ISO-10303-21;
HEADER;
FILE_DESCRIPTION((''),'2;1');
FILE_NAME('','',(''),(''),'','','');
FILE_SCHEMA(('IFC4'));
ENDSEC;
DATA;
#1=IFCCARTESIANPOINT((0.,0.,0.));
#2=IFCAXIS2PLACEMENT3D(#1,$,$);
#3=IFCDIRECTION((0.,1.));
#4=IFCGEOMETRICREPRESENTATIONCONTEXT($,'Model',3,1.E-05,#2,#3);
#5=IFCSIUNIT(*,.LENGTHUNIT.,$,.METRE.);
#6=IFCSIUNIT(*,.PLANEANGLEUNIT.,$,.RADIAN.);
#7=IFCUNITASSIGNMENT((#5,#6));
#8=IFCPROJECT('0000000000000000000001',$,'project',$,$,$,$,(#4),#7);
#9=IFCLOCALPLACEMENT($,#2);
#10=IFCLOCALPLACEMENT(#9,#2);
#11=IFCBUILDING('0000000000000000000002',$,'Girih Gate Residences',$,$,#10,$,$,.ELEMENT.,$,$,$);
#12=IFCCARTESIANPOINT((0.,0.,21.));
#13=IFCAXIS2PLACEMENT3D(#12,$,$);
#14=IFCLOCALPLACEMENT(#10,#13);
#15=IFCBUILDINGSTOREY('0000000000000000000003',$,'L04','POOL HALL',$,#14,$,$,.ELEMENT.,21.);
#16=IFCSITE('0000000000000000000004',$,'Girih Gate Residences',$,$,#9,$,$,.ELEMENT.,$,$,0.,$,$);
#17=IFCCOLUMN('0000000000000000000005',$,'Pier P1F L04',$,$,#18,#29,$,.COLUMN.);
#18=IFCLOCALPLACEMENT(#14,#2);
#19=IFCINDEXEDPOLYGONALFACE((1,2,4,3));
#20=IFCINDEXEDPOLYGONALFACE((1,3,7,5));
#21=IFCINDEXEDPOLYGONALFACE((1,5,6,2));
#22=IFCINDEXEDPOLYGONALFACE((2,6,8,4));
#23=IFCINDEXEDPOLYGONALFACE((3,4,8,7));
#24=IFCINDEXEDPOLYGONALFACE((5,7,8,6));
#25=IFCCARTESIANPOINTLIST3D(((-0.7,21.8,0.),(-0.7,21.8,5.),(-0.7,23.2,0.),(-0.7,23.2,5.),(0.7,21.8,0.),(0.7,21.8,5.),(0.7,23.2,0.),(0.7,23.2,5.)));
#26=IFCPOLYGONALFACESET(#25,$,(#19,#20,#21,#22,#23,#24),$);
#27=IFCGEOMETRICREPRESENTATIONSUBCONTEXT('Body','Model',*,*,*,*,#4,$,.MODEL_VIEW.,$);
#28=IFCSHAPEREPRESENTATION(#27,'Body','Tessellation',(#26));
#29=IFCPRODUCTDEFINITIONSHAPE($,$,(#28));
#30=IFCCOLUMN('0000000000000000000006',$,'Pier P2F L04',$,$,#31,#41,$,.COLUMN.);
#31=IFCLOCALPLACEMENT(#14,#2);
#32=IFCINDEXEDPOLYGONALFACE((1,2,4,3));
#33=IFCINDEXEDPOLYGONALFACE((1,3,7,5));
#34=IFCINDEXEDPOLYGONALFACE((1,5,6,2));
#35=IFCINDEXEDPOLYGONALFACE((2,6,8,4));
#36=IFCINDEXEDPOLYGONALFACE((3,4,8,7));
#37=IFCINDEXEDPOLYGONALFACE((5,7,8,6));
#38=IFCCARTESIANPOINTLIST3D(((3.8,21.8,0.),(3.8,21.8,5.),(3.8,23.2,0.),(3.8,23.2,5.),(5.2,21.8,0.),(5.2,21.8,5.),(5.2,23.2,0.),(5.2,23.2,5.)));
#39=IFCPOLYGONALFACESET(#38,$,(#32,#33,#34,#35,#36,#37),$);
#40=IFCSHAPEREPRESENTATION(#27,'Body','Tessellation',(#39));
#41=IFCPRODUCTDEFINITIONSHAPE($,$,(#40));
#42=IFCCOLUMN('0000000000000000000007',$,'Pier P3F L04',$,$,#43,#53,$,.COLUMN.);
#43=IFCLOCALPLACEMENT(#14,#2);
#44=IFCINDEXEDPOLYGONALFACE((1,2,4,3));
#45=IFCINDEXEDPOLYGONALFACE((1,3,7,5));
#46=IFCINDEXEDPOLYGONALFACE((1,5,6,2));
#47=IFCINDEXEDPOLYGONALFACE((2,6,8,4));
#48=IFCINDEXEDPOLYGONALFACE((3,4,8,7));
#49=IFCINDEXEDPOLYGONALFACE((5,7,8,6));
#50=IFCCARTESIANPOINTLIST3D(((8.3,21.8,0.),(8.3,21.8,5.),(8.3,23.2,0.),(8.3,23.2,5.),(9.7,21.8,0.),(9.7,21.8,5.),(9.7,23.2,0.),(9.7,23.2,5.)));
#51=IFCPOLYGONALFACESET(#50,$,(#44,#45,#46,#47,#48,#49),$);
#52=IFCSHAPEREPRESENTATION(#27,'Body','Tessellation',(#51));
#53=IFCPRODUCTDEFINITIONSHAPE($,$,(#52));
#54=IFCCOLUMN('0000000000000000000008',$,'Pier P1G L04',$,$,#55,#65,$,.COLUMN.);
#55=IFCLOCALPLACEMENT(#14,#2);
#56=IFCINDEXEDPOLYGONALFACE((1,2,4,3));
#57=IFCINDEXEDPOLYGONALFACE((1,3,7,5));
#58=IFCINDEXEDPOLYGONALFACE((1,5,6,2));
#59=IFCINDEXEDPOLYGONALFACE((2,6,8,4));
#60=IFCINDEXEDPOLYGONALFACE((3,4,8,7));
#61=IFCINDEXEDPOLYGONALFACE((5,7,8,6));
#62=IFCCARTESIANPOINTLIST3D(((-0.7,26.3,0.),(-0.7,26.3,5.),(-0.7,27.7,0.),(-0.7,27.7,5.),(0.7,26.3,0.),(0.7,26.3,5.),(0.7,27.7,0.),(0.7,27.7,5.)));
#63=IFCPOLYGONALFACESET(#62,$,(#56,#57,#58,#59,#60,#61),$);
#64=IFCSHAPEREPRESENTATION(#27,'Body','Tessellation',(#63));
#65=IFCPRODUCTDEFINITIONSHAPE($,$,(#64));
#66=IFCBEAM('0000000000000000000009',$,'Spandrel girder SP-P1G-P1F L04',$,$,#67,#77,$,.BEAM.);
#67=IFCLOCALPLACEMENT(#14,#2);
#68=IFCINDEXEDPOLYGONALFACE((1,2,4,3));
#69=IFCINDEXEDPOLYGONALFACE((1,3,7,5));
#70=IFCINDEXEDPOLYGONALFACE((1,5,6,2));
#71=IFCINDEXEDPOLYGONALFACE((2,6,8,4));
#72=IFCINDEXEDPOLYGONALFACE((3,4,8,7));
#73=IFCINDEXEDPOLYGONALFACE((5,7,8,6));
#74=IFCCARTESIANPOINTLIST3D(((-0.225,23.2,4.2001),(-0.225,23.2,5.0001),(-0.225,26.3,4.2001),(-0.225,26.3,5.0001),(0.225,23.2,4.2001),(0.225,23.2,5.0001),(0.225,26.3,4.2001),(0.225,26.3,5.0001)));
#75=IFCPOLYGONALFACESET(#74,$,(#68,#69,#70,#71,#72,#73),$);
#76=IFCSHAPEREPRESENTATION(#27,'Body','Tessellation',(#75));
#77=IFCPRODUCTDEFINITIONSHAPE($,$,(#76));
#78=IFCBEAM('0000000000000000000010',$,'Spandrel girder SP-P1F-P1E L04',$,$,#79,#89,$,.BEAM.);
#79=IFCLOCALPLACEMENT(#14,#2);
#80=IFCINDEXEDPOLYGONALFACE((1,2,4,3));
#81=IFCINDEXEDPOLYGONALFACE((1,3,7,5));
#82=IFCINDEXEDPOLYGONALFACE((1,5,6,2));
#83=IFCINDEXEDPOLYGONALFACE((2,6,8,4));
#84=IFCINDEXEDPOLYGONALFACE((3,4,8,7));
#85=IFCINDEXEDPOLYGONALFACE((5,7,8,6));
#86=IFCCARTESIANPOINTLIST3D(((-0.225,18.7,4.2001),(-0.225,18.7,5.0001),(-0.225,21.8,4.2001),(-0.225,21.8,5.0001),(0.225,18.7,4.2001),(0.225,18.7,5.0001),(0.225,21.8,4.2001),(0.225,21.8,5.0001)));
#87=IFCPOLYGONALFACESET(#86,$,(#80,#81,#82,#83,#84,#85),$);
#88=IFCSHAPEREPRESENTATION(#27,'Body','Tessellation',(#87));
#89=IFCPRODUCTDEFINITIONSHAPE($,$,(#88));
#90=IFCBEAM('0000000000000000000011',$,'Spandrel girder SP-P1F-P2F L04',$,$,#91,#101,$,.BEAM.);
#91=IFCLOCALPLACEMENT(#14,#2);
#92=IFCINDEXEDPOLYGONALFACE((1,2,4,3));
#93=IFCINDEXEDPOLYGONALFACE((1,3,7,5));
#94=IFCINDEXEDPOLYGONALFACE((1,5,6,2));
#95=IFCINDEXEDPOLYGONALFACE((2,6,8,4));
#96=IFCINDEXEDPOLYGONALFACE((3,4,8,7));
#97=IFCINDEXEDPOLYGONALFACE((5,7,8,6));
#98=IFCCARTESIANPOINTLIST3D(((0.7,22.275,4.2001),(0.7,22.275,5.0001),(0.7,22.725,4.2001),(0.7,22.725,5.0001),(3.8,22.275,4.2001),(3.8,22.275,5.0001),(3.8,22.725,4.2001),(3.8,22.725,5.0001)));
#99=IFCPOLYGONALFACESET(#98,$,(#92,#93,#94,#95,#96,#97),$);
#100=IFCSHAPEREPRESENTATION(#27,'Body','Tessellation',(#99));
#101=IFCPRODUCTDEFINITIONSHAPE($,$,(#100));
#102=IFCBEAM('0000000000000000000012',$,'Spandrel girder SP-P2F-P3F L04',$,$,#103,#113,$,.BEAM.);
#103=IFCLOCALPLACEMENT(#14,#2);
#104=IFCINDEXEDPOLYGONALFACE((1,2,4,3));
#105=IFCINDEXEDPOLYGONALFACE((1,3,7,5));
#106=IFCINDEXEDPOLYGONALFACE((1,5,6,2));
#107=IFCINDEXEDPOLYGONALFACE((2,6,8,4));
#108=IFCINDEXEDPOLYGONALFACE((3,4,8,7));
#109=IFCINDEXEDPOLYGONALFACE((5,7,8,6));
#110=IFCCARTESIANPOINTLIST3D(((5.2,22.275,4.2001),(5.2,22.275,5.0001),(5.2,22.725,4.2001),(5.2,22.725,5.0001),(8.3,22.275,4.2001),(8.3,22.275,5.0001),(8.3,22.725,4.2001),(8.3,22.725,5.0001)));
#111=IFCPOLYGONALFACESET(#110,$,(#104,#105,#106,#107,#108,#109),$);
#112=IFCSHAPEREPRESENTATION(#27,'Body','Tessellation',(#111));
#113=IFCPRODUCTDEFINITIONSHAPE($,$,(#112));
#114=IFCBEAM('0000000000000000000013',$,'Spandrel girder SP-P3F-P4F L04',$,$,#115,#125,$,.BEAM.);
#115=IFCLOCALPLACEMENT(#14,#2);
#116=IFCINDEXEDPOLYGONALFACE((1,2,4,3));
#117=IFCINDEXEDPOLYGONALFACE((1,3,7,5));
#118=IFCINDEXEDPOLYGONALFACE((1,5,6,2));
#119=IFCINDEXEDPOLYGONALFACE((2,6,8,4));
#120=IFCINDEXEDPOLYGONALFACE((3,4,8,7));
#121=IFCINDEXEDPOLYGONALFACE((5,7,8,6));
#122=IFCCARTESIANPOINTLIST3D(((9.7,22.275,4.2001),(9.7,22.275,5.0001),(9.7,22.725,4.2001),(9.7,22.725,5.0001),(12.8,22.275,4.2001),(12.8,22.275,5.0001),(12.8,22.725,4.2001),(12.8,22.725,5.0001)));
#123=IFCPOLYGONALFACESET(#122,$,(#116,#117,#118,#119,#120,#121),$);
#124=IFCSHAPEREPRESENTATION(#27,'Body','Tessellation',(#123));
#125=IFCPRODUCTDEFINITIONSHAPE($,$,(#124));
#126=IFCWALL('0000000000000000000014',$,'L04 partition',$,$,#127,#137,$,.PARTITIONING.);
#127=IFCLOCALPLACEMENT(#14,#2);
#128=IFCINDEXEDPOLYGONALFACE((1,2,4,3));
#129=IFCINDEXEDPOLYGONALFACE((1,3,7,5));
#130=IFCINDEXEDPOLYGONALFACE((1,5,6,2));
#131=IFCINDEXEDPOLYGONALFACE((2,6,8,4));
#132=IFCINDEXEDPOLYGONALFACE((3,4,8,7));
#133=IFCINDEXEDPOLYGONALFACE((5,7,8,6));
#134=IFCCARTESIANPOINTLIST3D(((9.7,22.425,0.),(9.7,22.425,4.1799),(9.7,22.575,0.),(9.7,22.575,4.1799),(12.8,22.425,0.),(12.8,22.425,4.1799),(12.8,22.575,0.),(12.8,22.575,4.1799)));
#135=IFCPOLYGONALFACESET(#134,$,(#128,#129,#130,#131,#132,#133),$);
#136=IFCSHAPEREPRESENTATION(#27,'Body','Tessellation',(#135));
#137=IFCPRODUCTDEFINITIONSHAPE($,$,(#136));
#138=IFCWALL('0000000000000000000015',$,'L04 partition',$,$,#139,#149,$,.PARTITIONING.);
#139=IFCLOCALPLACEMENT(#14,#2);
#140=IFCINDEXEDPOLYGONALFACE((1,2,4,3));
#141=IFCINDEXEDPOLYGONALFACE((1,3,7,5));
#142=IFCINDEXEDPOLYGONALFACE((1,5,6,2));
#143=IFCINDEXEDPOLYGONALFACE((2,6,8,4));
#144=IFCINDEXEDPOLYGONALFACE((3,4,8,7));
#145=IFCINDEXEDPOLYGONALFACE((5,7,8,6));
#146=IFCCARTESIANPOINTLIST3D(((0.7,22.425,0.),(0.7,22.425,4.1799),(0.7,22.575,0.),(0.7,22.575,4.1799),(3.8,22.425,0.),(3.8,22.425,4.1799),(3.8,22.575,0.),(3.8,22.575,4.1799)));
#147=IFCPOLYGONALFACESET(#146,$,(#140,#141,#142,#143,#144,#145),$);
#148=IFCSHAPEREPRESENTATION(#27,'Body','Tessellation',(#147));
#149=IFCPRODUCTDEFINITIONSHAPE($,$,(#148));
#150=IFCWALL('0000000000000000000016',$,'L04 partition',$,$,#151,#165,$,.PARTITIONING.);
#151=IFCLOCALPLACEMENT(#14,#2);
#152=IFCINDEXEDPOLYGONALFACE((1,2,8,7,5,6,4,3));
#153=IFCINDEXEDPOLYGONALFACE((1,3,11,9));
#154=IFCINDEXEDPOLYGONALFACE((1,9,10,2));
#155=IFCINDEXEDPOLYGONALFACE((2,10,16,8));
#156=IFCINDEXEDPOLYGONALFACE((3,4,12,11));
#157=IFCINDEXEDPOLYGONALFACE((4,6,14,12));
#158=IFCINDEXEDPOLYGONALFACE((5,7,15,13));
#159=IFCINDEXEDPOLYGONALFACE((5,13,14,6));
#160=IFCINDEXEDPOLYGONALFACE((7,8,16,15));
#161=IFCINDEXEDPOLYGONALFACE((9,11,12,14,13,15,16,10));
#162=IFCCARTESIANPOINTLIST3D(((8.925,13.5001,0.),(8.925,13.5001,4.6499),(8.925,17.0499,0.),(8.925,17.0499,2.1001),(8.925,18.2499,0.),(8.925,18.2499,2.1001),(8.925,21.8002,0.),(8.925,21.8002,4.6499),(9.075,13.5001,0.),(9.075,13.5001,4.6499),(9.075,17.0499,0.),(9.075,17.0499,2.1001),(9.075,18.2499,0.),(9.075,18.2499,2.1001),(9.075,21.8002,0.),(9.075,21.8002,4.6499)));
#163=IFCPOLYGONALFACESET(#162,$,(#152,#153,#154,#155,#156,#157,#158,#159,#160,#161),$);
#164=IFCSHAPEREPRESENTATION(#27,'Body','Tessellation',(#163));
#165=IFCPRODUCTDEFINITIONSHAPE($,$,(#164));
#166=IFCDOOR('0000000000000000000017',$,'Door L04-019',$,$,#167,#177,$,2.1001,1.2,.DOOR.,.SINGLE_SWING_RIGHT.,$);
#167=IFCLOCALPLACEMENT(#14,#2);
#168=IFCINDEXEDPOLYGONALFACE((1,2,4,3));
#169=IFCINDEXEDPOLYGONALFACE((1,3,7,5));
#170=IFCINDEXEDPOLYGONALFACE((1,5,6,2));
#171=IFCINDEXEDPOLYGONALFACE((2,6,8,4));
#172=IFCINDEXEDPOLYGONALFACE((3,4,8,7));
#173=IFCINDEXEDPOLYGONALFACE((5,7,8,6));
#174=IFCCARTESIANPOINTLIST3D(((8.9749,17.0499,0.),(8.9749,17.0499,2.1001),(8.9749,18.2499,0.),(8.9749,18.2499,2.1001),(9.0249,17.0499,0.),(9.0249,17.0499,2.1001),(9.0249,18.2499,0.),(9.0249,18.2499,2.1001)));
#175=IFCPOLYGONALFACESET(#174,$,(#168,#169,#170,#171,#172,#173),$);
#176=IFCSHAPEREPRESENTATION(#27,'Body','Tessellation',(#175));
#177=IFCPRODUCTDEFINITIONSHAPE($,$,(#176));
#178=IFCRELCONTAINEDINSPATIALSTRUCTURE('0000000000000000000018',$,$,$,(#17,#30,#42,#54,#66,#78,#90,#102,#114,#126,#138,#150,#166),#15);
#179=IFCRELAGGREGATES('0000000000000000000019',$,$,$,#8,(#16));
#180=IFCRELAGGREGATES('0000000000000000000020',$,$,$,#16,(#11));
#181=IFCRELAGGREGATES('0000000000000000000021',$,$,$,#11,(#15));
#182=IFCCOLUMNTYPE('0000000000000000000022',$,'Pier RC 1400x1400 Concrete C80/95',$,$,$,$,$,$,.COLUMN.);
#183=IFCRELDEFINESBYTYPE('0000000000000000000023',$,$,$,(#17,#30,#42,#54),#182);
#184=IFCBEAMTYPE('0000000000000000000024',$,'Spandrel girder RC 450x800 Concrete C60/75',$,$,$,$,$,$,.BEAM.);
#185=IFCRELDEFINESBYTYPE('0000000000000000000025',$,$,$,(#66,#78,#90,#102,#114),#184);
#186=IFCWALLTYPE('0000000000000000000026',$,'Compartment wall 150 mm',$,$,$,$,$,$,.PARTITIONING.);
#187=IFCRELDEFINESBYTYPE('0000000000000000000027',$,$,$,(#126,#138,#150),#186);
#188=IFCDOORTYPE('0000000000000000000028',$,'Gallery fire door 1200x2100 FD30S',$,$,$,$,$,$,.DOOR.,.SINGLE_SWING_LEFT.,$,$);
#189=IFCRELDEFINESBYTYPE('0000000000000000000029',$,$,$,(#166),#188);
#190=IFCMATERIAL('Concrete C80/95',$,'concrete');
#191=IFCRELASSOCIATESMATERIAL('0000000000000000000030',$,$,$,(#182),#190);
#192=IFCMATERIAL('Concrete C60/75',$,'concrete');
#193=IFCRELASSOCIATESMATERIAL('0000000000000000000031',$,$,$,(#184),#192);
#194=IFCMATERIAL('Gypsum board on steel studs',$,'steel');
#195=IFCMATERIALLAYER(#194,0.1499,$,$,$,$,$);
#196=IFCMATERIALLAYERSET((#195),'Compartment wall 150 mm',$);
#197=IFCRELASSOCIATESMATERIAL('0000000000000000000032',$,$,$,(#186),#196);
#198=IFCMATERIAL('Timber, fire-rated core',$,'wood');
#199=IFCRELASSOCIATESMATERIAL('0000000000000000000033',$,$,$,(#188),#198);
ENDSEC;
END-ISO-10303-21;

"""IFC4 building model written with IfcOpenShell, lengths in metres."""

from ifc_helpers import new_model, si_unit, direction, frame, frame_2d, origin, origin_2d, place, context, subcontext, project, spatial, rectangle, extrude, material, layer, layer_set, material_profile, profile_set, type_object, element, fill, save


model = new_model("IFC4")

# Units and contexts
model_context = context("Model", 3, precision=1e-05, world=origin(), true_north=direction((0.0, 1.0)))
body_context = subcontext(model_context, "Body", "Model", "MODEL_VIEW")
ifc_project = project(units=[si_unit("LENGTHUNIT", "METRE"), si_unit("PLANEANGLEUNIT", "RADIAN")], contexts=[model_context])

# Site, building, storey
site_placement = place(None, origin())
site = spatial("IfcSite", under=ifc_project, at=site_placement, Name="Girih Gate Residences", CompositionType="ELEMENT", RefElevation=0.0)
building_placement = place(site_placement, origin())
building = spatial("IfcBuilding", under=site, at=building_placement, Name="Girih Gate Residences", CompositionType="ELEMENT")
storey_placement = place(building_placement, frame((0.0, 0.0, 21.0)))
storey = spatial("IfcBuildingStorey", under=building, at=storey_placement, Name="L04", Description="POOL HALL", CompositionType="ELEMENT", Elevation=21.0)

# Columns
ifc_material_1 = material(Name="Concrete C80/95", Category="concrete")
ifc_material_profile_1 = material_profile(ifc_material_1, rectangle(XDim=1.3999, YDim=1.3999, at=origin_2d()))
ifc_profile_set_1 = profile_set([ifc_material_profile_1], Name="Concrete C80/95")
column_type = type_object("IfcColumnType", Name="Pier RC 1400x1400 Concrete C80/95", PredefinedType="COLUMN", material=ifc_profile_set_1)
for number, where, z_axis, x_axis, name in (
    (1, (0.0, 22.5, 0.0), (0.0, 0.0, 1.0), (1.0, 0.0, 0.0), "Pier P1F L04"),
    (2, (4.5, 22.5, 0.0), (0.0, 0.0, 1.0), (1.0, 0.0, 0.0), "Pier P2F L04"),
    (3, (9.0, 22.5, 0.0), (0.0, 0.0, 1.0), (1.0, 0.0, 0.0), "Pier P3F L04"),
    (4, (0.0, 27.0, 0.0), (0.0, 0.0, 1.0), (1.0, 0.0, 0.0), "Pier P1G L04"),
):
    element("IfcColumn", number, at=place(storey_placement, frame(where, z_axis=z_axis, x_axis=x_axis)), inside=storey, type_object=column_type, Name=name, PredefinedType="COLUMN", context=body_context, shape_type="SweptSolid", body=[
        extrude(rectangle(XDim=1.3999, YDim=1.3999, at=origin_2d()), origin(), (0.0, 0.0, 1.0), 5.0),
    ])

# Beams
ifc_material_2 = material(Name="Concrete C60/75", Category="concrete")
ifc_material_profile_2 = material_profile(ifc_material_2, rectangle(XDim=0.45, YDim=0.8, at=origin_2d()))
ifc_profile_set_2 = profile_set([ifc_material_profile_2], Name="Concrete C60/75")
beam_type = type_object("IfcBeamType", Name="Spandrel girder RC 450x800 Concrete C60/75", PredefinedType="BEAM", material=ifc_profile_set_2)
for number, where, z_axis, x_axis, name in (
    (5, (0.0, 26.3, 4.6001), (0.0, -1.0, 0.0), (1.0, 0.0, 0.0), "Spandrel girder SP-P1G-P1F L04"),
    (6, (0.0, 21.8, 4.6001), (0.0, -1.0, 0.0), (1.0, 0.0, 0.0), "Spandrel girder SP-P1F-P1E L04"),
    (7, (0.7, 22.5, 4.6001), (1.0, 0.0, 0.0), (0.0, 1.0, 0.0), "Spandrel girder SP-P1F-P2F L04"),
    (8, (5.2, 22.5, 4.6001), (1.0, 0.0, 0.0), (0.0, 1.0, 0.0), "Spandrel girder SP-P2F-P3F L04"),
    (9, (9.7, 22.5, 4.6001), (1.0, 0.0, 0.0), (0.0, 1.0, 0.0), "Spandrel girder SP-P3F-P4F L04"),
):
    element("IfcBeam", number, at=place(storey_placement, frame(where, z_axis=z_axis, x_axis=x_axis)), inside=storey, type_object=beam_type, Name=name, PredefinedType="BEAM", context=body_context, shape_type="SweptSolid", body=[
        extrude(rectangle(XDim=0.45, YDim=0.8, at=origin_2d()), origin(), (0.0, 0.0, 1.0), 3.1001),
    ])

# Walls
ifc_material_3 = material(Name="Gypsum board on steel studs", Category="steel")
ifc_layer_1 = layer(ifc_material_3, 0.1499)
ifc_layer_set_1 = layer_set([ifc_layer_1], Name="Compartment wall 150 mm")
wall_type_1 = type_object("IfcWallType", Name="Compartment wall 150 mm", PredefinedType="PARTITIONING", material=ifc_layer_set_1)
for number, where, z_axis, x_axis, name in (
    (10, (9.7, 22.5, 0.0), (0.0, 0.0, 1.0), (1.0, 0.0, 0.0), "L04 partition"),
    (11, (0.7, 22.5, 0.0), (0.0, 0.0, 1.0), (1.0, 0.0, 0.0), "L04 partition"),
):
    element("IfcWall", number, at=place(storey_placement, frame(where, z_axis=z_axis, x_axis=x_axis)), inside=storey, type_object=wall_type_1, Name=name, PredefinedType="PARTITIONING", context=body_context, shape_type="SweptSolid", body=[
        extrude(rectangle(XDim=3.1001, YDim=0.1499, at=frame_2d((1.55, 0.0))), origin(), (0.0, 0.0, 1.0), 4.1799),
    ])

# Wall, opening, door
wall_1_placement = place(storey_placement, frame((9.0, 21.8, 0.0), z_axis=(0.0, 0.0, 1.0), x_axis=(0.0, -1.0, 0.0)))
wall_1 = element("IfcWall", 12, at=wall_1_placement, inside=storey, type_object=wall_type_1, Name="L04 partition", PredefinedType="PARTITIONING", context=body_context, shape_type="SweptSolid", body=[
    extrude(rectangle(XDim=8.3, YDim=0.1499, at=frame_2d((4.1499, 0.0))), origin(), (0.0, 0.0, 1.0), 4.6499),
])
opening_1_placement = place(wall_1_placement, frame((3.55, 0.0, 0.0)))
opening_1 = element("IfcOpeningElement", 13, at=opening_1_placement, cuts=wall_1, PredefinedType="OPENING", context=body_context, shape_type="SweptSolid", body=[
    extrude(rectangle(XDim=1.2, YDim=2.1001, at=frame_2d((0.6001, 1.05))), frame((0.0, 0.085, 0.0), z_axis=(0.0, -1.0, 0.0), x_axis=(1.0, 0.0, 0.0)), (0.0, 0.0, 1.0), 0.1699),
])
ifc_material_4 = material(Name="Timber, fire-rated core", Category="wood")
door_type_1 = type_object("IfcDoorType", Name="Gallery fire door 1200x2100 FD30S", OperationType="SINGLE_SWING_LEFT", PredefinedType="DOOR", material=ifc_material_4)
door_1_placement = place(opening_1_placement, origin())
door_1 = element("IfcDoor", 14, at=door_1_placement, inside=storey, type_object=door_type_1, Name="Door L04-019", OperationType="SINGLE_SWING_RIGHT", OverallHeight=2.1001, OverallWidth=1.2, PredefinedType="DOOR", context=body_context, shape_type="SweptSolid", body=[
    extrude(rectangle(XDim=1.2, YDim=2.1001, at=frame_2d((0.6001, 1.05))), frame((0.0, 0.0249, 0.0), z_axis=(0.0, -1.0, 0.0), x_axis=(1.0, 0.0, 0.0)), (0.0, 0.0, 1.0), 0.05),
])
fill(opening_1, door_1)

save(model, "model.ifc")
